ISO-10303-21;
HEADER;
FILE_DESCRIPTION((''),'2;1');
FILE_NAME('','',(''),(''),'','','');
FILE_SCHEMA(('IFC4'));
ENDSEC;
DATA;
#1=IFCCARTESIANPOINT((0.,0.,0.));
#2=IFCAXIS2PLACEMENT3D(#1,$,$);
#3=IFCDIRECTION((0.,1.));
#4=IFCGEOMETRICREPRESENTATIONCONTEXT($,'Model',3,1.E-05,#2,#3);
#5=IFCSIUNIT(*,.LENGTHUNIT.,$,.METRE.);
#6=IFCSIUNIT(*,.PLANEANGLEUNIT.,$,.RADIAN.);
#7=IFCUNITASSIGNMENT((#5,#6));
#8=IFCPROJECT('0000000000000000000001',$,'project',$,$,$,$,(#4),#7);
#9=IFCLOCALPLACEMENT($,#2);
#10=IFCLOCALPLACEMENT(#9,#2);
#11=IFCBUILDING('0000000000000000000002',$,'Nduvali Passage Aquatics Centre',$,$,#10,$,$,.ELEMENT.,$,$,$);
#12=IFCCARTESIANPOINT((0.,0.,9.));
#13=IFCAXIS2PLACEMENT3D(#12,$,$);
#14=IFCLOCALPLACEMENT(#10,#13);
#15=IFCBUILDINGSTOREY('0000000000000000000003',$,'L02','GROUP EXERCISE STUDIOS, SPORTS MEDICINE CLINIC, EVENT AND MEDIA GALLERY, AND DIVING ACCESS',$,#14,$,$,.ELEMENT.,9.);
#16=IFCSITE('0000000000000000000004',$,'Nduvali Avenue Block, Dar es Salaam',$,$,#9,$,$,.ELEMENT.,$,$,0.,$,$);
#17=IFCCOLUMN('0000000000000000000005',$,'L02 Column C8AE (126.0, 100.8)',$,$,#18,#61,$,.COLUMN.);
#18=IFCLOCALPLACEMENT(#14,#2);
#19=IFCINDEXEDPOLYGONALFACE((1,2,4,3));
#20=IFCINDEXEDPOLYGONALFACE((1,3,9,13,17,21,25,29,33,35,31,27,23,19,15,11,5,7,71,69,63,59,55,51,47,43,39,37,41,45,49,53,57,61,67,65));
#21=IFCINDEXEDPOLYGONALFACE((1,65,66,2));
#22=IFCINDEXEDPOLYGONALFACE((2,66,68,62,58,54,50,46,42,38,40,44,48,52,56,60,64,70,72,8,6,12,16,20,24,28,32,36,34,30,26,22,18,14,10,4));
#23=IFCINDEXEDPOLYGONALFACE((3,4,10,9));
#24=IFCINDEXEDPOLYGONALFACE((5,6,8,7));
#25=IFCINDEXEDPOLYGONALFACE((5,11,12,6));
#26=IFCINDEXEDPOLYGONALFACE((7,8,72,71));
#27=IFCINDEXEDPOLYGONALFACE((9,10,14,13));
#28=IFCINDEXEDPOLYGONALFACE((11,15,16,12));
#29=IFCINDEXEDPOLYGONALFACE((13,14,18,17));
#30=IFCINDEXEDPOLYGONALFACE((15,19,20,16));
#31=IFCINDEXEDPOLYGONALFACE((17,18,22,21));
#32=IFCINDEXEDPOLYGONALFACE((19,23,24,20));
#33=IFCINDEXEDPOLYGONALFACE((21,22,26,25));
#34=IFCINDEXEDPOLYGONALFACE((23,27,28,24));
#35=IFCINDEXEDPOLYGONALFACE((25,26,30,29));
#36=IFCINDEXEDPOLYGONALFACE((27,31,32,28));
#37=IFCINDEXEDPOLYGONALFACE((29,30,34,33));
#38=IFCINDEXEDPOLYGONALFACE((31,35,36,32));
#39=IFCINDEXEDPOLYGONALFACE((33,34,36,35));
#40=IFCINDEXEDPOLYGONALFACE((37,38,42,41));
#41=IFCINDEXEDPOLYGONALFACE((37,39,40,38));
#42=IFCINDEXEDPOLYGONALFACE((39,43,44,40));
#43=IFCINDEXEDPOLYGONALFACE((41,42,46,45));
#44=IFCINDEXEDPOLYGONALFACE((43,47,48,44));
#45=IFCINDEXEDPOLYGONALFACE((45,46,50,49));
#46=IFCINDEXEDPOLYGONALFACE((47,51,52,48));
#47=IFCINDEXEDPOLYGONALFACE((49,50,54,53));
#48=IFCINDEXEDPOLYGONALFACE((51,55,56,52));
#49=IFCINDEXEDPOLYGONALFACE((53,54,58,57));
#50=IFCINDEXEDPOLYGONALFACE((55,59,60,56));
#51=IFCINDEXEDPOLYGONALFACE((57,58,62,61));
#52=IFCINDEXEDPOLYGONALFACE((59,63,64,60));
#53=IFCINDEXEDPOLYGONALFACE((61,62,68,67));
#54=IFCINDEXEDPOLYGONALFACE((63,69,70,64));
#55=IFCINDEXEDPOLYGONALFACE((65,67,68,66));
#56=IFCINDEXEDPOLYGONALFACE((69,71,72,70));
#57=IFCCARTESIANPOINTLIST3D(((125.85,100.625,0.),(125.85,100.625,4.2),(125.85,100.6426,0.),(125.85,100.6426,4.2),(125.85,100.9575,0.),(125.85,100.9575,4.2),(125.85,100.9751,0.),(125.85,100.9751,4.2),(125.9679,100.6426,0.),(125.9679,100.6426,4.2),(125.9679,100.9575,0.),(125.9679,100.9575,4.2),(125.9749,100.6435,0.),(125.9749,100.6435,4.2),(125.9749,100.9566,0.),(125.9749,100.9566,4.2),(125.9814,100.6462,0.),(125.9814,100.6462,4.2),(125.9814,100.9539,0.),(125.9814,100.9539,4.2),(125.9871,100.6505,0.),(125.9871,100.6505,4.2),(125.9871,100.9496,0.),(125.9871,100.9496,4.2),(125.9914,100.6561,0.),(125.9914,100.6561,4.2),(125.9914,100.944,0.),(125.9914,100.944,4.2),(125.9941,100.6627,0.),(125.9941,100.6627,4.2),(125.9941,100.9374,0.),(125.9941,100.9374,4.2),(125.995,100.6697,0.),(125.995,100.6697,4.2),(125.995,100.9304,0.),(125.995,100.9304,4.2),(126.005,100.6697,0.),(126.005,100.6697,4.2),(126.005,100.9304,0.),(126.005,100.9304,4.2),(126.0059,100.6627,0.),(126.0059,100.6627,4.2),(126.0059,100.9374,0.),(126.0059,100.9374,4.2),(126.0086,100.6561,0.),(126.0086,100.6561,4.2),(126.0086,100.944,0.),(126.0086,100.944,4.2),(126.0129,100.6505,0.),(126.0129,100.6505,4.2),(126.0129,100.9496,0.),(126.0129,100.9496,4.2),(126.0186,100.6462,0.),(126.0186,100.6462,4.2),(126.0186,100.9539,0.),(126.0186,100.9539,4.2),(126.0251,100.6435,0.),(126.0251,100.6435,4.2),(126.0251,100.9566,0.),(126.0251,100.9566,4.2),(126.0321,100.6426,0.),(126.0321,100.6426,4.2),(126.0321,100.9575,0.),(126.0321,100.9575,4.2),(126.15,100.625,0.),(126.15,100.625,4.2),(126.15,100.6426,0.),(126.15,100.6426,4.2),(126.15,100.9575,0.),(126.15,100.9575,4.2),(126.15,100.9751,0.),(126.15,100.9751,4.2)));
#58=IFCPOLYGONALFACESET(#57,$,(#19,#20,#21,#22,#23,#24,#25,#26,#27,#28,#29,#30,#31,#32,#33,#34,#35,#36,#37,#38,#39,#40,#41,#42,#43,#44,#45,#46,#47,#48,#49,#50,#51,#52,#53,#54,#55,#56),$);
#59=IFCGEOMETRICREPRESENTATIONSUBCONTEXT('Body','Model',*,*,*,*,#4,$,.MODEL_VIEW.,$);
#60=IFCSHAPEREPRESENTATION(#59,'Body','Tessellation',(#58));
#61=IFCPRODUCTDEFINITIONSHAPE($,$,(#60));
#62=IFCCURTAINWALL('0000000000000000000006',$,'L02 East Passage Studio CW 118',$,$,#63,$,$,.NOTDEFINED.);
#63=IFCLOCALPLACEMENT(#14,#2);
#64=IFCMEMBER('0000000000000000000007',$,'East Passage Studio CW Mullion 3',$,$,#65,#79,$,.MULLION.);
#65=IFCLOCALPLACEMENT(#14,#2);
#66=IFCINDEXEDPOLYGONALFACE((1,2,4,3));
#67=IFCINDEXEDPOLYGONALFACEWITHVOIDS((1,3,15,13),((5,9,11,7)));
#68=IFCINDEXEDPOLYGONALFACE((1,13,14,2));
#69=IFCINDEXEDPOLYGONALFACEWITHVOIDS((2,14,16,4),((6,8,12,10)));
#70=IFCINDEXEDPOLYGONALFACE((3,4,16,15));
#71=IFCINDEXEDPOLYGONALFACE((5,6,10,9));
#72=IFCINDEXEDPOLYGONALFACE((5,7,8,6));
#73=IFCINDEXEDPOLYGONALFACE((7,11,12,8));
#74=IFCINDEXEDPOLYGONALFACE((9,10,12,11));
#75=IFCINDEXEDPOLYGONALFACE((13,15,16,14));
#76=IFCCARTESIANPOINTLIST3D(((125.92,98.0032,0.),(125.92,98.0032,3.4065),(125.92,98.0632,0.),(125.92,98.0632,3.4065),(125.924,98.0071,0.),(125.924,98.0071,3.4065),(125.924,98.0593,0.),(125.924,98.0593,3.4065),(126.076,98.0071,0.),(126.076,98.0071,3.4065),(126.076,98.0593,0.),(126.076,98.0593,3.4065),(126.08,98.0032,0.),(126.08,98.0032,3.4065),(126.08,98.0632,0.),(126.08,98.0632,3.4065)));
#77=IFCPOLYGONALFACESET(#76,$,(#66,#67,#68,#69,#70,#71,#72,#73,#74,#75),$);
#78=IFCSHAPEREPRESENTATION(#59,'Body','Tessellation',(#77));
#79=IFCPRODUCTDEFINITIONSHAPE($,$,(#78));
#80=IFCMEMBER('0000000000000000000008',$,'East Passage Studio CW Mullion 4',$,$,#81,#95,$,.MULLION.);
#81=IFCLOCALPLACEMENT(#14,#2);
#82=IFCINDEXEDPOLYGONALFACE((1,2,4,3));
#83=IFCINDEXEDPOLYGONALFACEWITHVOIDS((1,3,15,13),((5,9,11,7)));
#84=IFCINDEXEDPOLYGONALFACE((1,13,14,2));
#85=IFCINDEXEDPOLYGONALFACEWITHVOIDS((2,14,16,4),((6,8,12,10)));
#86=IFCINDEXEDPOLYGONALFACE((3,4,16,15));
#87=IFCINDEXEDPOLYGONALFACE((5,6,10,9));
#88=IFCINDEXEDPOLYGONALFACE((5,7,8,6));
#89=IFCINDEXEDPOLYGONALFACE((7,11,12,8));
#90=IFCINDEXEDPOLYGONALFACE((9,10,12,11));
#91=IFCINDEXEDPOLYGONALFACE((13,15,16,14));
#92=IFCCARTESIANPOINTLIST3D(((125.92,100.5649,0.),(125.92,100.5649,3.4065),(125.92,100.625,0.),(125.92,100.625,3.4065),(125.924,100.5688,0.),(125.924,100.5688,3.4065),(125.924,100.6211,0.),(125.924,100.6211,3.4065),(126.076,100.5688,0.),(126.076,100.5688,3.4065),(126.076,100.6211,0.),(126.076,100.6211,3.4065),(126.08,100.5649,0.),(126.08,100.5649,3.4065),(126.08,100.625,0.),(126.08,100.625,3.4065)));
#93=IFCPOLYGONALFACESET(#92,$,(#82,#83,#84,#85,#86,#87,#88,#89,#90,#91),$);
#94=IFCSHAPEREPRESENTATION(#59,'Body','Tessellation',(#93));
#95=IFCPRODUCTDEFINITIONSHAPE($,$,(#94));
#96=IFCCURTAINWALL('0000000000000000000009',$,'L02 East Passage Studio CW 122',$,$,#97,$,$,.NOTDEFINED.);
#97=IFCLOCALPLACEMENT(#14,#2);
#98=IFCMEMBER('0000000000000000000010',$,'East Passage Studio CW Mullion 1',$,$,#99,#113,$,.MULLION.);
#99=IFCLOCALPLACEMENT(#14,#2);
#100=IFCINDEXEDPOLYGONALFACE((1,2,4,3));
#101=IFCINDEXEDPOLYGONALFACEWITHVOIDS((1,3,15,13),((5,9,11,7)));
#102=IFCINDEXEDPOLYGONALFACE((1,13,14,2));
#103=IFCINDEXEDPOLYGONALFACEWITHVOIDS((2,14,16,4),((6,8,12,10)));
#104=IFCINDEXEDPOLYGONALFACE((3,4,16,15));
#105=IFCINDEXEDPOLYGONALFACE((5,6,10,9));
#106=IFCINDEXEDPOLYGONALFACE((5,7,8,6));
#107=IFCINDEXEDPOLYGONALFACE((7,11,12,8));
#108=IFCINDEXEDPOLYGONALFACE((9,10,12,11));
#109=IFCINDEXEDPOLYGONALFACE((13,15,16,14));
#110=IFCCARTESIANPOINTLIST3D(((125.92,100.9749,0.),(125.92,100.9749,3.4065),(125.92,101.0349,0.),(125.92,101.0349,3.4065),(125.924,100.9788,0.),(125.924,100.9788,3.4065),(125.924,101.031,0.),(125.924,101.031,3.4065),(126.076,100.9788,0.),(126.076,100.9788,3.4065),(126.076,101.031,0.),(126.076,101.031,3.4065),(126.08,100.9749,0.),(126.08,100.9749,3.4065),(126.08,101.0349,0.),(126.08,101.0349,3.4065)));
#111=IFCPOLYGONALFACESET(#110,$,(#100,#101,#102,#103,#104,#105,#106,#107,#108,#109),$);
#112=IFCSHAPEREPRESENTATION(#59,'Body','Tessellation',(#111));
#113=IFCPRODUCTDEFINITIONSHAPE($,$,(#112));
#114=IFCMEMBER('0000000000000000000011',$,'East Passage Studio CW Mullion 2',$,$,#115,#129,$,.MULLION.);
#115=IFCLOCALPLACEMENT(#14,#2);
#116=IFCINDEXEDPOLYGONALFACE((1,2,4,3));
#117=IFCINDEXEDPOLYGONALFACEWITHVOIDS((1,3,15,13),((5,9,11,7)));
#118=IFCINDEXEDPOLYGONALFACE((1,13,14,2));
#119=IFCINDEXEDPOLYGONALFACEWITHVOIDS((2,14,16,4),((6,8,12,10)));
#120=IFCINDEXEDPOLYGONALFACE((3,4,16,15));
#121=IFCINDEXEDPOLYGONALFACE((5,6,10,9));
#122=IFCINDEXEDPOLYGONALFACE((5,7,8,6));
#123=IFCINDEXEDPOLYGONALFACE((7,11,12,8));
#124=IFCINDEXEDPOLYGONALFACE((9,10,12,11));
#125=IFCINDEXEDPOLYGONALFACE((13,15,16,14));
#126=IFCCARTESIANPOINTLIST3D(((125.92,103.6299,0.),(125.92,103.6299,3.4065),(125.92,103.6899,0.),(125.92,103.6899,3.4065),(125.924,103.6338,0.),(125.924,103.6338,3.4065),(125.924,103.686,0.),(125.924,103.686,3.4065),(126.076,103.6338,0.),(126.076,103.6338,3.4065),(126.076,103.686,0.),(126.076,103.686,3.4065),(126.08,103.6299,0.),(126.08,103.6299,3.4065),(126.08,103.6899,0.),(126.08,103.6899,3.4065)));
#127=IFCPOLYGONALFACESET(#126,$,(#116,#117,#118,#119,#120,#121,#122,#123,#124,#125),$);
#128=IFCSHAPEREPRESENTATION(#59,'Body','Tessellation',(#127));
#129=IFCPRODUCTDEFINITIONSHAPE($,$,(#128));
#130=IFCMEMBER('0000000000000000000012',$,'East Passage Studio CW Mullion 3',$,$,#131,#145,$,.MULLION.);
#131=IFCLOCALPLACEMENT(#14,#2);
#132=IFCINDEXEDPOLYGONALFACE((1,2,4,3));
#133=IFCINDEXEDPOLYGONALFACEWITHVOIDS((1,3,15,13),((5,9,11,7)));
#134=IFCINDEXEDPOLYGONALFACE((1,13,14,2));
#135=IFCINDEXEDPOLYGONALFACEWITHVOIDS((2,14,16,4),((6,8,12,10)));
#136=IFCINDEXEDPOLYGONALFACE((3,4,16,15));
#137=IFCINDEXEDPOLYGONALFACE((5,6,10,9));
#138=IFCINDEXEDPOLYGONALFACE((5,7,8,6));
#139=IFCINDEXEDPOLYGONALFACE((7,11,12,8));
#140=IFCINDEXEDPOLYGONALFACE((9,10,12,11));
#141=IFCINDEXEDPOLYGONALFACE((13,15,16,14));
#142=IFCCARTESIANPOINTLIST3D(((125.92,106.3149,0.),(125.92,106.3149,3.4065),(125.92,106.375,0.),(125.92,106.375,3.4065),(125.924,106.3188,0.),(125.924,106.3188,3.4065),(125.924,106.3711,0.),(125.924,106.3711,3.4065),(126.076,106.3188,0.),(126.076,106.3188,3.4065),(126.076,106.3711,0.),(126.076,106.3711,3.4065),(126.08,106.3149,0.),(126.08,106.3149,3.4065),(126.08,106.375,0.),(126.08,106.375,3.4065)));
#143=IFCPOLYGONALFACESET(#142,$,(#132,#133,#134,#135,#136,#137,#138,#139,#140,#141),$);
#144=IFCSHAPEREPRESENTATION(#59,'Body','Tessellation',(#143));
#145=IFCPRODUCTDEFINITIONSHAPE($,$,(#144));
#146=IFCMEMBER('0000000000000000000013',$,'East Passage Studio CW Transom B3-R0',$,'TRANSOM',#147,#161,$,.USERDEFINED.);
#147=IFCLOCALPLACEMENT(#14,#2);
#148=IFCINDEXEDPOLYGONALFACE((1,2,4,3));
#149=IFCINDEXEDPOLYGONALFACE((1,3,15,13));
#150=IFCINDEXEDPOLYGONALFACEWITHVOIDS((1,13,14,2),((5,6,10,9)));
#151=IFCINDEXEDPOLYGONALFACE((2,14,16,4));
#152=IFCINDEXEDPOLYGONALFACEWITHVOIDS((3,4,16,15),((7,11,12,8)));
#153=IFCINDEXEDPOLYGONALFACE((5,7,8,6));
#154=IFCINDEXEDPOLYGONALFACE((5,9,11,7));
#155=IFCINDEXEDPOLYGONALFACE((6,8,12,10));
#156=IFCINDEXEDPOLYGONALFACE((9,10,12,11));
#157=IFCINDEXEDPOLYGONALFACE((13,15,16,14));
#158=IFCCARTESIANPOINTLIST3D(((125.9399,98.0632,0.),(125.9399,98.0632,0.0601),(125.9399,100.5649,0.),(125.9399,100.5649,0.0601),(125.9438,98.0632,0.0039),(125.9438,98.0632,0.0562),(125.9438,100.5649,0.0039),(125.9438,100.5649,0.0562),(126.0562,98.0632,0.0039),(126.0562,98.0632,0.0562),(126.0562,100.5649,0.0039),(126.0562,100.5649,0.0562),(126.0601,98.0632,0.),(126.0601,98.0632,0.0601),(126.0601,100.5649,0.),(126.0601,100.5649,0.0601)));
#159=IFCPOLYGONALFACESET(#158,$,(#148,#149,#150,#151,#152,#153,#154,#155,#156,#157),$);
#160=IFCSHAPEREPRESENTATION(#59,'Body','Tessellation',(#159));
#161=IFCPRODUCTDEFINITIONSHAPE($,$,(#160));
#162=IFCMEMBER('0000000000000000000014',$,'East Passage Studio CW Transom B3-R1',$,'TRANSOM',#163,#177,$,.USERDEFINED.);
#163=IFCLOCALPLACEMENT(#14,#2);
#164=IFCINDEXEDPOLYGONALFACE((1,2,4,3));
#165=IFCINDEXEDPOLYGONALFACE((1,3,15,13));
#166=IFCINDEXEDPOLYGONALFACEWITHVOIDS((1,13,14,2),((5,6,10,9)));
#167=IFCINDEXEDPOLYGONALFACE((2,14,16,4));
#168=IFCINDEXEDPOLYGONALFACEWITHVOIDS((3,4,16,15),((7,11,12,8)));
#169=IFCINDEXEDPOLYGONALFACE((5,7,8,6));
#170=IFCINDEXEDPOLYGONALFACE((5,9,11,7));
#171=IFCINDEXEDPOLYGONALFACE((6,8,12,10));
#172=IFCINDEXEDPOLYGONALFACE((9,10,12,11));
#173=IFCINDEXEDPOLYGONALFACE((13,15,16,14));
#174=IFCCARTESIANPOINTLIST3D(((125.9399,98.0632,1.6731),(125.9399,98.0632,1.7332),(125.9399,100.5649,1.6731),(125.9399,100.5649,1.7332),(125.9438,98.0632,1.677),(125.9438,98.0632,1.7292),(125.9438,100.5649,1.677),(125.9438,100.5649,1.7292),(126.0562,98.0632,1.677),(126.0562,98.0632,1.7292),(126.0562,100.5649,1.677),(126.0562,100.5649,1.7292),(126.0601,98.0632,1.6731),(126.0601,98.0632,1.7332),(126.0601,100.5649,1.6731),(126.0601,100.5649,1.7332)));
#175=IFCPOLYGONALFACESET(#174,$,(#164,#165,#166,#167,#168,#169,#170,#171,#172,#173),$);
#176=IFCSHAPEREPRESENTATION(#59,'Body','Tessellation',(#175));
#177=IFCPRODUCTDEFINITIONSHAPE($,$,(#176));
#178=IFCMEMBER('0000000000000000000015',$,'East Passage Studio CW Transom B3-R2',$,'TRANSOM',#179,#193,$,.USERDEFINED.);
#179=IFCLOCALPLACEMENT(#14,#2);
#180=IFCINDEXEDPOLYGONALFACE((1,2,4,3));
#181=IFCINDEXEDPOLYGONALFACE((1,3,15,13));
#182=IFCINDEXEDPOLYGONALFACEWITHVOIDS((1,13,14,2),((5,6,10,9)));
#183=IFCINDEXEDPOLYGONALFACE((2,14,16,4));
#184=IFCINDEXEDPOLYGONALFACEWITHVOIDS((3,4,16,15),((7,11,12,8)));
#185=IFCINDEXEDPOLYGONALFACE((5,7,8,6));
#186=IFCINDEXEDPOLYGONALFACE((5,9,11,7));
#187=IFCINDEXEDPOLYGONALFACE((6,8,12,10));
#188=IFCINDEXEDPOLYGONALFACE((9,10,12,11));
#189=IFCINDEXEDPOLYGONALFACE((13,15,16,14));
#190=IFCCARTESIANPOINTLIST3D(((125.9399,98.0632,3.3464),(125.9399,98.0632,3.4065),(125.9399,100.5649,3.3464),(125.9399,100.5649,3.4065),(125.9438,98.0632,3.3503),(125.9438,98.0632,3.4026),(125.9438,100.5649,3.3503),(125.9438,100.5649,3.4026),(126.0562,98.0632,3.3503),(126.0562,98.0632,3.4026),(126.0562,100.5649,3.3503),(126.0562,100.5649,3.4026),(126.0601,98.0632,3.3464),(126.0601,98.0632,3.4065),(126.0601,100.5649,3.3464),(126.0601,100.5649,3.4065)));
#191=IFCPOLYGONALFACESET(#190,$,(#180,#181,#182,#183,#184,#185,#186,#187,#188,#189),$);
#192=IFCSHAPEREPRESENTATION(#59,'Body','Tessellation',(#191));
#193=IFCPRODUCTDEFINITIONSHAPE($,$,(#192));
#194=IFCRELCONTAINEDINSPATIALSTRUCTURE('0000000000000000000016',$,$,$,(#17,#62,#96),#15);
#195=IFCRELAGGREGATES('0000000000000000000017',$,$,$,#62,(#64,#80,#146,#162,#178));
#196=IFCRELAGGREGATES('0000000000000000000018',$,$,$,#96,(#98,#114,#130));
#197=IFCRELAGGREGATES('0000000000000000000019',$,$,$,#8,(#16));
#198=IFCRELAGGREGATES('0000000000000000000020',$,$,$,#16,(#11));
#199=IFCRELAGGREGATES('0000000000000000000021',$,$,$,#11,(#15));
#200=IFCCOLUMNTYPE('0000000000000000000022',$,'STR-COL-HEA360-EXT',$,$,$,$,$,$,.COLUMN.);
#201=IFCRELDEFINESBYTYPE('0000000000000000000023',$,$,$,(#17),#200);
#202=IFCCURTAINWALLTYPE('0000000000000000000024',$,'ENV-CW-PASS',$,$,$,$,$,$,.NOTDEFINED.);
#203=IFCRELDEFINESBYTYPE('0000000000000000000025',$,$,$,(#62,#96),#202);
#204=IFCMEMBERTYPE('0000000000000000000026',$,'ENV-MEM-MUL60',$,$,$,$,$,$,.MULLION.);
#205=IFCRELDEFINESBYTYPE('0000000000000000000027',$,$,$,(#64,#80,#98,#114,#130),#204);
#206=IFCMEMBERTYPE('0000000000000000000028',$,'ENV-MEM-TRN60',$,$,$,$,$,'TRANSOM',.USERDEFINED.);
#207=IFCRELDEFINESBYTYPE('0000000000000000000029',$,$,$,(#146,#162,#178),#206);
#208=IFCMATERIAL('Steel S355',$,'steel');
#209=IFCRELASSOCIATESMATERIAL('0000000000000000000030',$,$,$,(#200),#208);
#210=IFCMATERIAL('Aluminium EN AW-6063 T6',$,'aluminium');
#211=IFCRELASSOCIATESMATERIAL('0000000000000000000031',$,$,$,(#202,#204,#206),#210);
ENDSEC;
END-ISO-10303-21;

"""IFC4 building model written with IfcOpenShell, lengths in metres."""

from ifc_helpers import new_model, si_unit, direction, frame, origin, origin_2d, place, context, subcontext, project, spatial, hollow_rectangle, i_section, extrude, material, material_profile, profile_set, type_object, element, aggregate, save


model = new_model("IFC4")

# Units and contexts
model_context = context("Model", 3, precision=1e-05, world=origin(), true_north=direction((0.0, 1.0)))
body_context = subcontext(model_context, "Body", "Model", "MODEL_VIEW")
ifc_project = project(units=[si_unit("LENGTHUNIT", "METRE"), si_unit("PLANEANGLEUNIT", "RADIAN")], contexts=[model_context])

# Site, building, storey
site_placement = place(None, origin())
site = spatial("IfcSite", under=ifc_project, at=site_placement, Name="Nduvali Avenue Block, Dar es Salaam", CompositionType="ELEMENT", RefElevation=0.0)
building_placement = place(site_placement, origin())
building = spatial("IfcBuilding", under=site, at=building_placement, Name="Nduvali Passage Aquatics Centre", CompositionType="ELEMENT")
storey_placement = place(building_placement, frame((0.0, 0.0, 9.0)))
storey = spatial("IfcBuildingStorey", under=building, at=storey_placement, Name="L02", Description="GROUP EXERCISE STUDIOS, SPORTS MEDICINE CLINIC, EVENT AND MEDIA GALLERY, AND DIVING ACCESS", CompositionType="ELEMENT", Elevation=9.0)

# Column
ifc_material_1 = material(Name="Steel S355", Category="steel")
ifc_material_profile_1 = material_profile(ifc_material_1, i_section(OverallWidth=0.3, OverallDepth=0.3501, WebThickness=0.01, FlangeThickness=0.0176, FilletRadius=0.0271, at=origin_2d()), Name="HEA 360")
ifc_profile_set_1 = profile_set([ifc_material_profile_1], Name="Steel S355")
column_type = type_object("IfcColumnType", Name="STR-COL-HEA360-EXT", PredefinedType="COLUMN", material=ifc_profile_set_1)
column_placement = place(storey_placement, frame((126.0, 100.8, 0.0), z_axis=(0.0, 0.0, 1.0), x_axis=(1.0, 0.0, 0.0)))
element("IfcColumn", 1, at=column_placement, inside=storey, type_object=column_type, Name="L02 Column C8AE (126.0, 100.8)", PredefinedType="COLUMN", context=body_context, shape_type="SweptSolid", body=[
    extrude(i_section(OverallWidth=0.3, OverallDepth=0.3501, WebThickness=0.01, FlangeThickness=0.0176, FilletRadius=0.0271, at=origin_2d()), origin(), (0.0, 0.0, 1.0), 4.2),
])

# Curtain walls, members
ifc_material_2 = material(Name="Aluminium EN AW-6063 T6", Category="aluminium")
curtain_wall_type = type_object("IfcCurtainWallType", Name="ENV-CW-PASS", PredefinedType="NOTDEFINED", material=ifc_material_2)
curtain_wall_1_placement = place(storey_placement, origin())
curtain_wall_1 = element("IfcCurtainWall", 2, at=curtain_wall_1_placement, inside=storey, type_object=curtain_wall_type, Name="L02 East Passage Studio CW 118", PredefinedType="NOTDEFINED")
ifc_material_profile_2 = material_profile(ifc_material_2, hollow_rectangle(XDim=0.0601, YDim=0.1599, WallThickness=0.0039, at=origin_2d()), Name="ALU MULLION 60x160x4")
ifc_profile_set_2 = profile_set([ifc_material_profile_2], Name="Aluminium EN AW-6063 T6")
member_type_1 = type_object("IfcMemberType", Name="ENV-MEM-MUL60", PredefinedType="MULLION", material=ifc_profile_set_2)
member_1_placement = place(storey_placement, frame((126.0, 98.0332, 0.0), z_axis=(0.0, 0.0, 1.0), x_axis=(0.0, 1.0, 0.0)))
member_1 = element("IfcMember", 3, at=member_1_placement, type_object=member_type_1, Name="East Passage Studio CW Mullion 3", PredefinedType="MULLION", context=body_context, shape_type="SweptSolid", body=[
    extrude(hollow_rectangle(XDim=0.0601, YDim=0.1599, WallThickness=0.0039, at=origin_2d()), origin(), (0.0, 0.0, 1.0), 3.4065),
])
member_2_placement = place(storey_placement, frame((126.0, 100.595, 0.0), z_axis=(0.0, 0.0, 1.0), x_axis=(0.0, 1.0, 0.0)))
member_2 = element("IfcMember", 4, at=member_2_placement, type_object=member_type_1, Name="East Passage Studio CW Mullion 4", PredefinedType="MULLION", context=body_context, shape_type="SweptSolid", body=[
    extrude(hollow_rectangle(XDim=0.0601, YDim=0.1599, WallThickness=0.0039, at=origin_2d()), origin(), (0.0, 0.0, 1.0), 3.4065),
])
curtain_wall_2_placement = place(storey_placement, origin())
curtain_wall_2 = element("IfcCurtainWall", 5, at=curtain_wall_2_placement, inside=storey, type_object=curtain_wall_type, Name="L02 East Passage Studio CW 122", PredefinedType="NOTDEFINED")
member_3_placement = place(storey_placement, frame((126.0, 101.0049, 0.0), z_axis=(0.0, 0.0, 1.0), x_axis=(0.0, 1.0, 0.0)))
member_3 = element("IfcMember", 6, at=member_3_placement, type_object=member_type_1, Name="East Passage Studio CW Mullion 1", PredefinedType="MULLION", context=body_context, shape_type="SweptSolid", body=[
    extrude(hollow_rectangle(XDim=0.0601, YDim=0.1599, WallThickness=0.0039, at=origin_2d()), origin(), (0.0, 0.0, 1.0), 3.4065),
])
member_4_placement = place(storey_placement, frame((126.0, 103.6599, 0.0), z_axis=(0.0, 0.0, 1.0), x_axis=(0.0, 1.0, 0.0)))
member_4 = element("IfcMember", 7, at=member_4_placement, type_object=member_type_1, Name="East Passage Studio CW Mullion 2", PredefinedType="MULLION", context=body_context, shape_type="SweptSolid", body=[
    extrude(hollow_rectangle(XDim=0.0601, YDim=0.1599, WallThickness=0.0039, at=origin_2d()), origin(), (0.0, 0.0, 1.0), 3.4065),
])
member_5_placement = place(storey_placement, frame((126.0, 106.345, 0.0), z_axis=(0.0, 0.0, 1.0), x_axis=(0.0, 1.0, 0.0)))
member_5 = element("IfcMember", 8, at=member_5_placement, type_object=member_type_1, Name="East Passage Studio CW Mullion 3", PredefinedType="MULLION", context=body_context, shape_type="SweptSolid", body=[
    extrude(hollow_rectangle(XDim=0.0601, YDim=0.1599, WallThickness=0.0039, at=origin_2d()), origin(), (0.0, 0.0, 1.0), 3.4065),
])

# Members
ifc_material_profile_3 = material_profile(ifc_material_2, hollow_rectangle(XDim=0.1201, YDim=0.0601, WallThickness=0.0039, at=origin_2d()), Name="ALU TRANSOM 120x60x4")
ifc_profile_set_3 = profile_set([ifc_material_profile_3], Name="Aluminium EN AW-6063 T6")
member_type_2 = type_object("IfcMemberType", Name="ENV-MEM-TRN60", ElementType="TRANSOM", PredefinedType="USERDEFINED", material=ifc_profile_set_3)
member_6_placement = place(storey_placement, frame((126.0, 98.0632, 0.03), z_axis=(0.0, 1.0, 0.0), x_axis=(-1.0, 0.0, 0.0)))
member_6 = element("IfcMember", 9, at=member_6_placement, type_object=member_type_2, Name="East Passage Studio CW Transom B3-R0", ObjectType="TRANSOM", PredefinedType="USERDEFINED", context=body_context, shape_type="SweptSolid", body=[
    extrude(hollow_rectangle(XDim=0.1201, YDim=0.0601, WallThickness=0.0039, at=origin_2d()), origin(), (0.0, 0.0, 1.0), 2.5017),
])
member_7_placement = place(storey_placement, frame((126.0, 98.0632, 1.7031), z_axis=(0.0, 1.0, 0.0), x_axis=(-1.0, 0.0, 0.0)))
member_7 = element("IfcMember", 10, at=member_7_placement, type_object=member_type_2, Name="East Passage Studio CW Transom B3-R1", ObjectType="TRANSOM", PredefinedType="USERDEFINED", context=body_context, shape_type="SweptSolid", body=[
    extrude(hollow_rectangle(XDim=0.1201, YDim=0.0601, WallThickness=0.0039, at=origin_2d()), origin(), (0.0, 0.0, 1.0), 2.5017),
])
member_8_placement = place(storey_placement, frame((126.0, 98.0632, 3.3765), z_axis=(0.0, 1.0, 0.0), x_axis=(-1.0, 0.0, 0.0)))
member_8 = element("IfcMember", 11, at=member_8_placement, type_object=member_type_2, Name="East Passage Studio CW Transom B3-R2", ObjectType="TRANSOM", PredefinedType="USERDEFINED", context=body_context, shape_type="SweptSolid", body=[
    extrude(hollow_rectangle(XDim=0.1201, YDim=0.0601, WallThickness=0.0039, at=origin_2d()), origin(), (0.0, 0.0, 1.0), 2.5017),
])

aggregate(curtain_wall_1, [member_1, member_2, member_6, member_7, member_8])
aggregate(curtain_wall_2, [member_3, member_4, member_5])

save(model, "model.ifc")
